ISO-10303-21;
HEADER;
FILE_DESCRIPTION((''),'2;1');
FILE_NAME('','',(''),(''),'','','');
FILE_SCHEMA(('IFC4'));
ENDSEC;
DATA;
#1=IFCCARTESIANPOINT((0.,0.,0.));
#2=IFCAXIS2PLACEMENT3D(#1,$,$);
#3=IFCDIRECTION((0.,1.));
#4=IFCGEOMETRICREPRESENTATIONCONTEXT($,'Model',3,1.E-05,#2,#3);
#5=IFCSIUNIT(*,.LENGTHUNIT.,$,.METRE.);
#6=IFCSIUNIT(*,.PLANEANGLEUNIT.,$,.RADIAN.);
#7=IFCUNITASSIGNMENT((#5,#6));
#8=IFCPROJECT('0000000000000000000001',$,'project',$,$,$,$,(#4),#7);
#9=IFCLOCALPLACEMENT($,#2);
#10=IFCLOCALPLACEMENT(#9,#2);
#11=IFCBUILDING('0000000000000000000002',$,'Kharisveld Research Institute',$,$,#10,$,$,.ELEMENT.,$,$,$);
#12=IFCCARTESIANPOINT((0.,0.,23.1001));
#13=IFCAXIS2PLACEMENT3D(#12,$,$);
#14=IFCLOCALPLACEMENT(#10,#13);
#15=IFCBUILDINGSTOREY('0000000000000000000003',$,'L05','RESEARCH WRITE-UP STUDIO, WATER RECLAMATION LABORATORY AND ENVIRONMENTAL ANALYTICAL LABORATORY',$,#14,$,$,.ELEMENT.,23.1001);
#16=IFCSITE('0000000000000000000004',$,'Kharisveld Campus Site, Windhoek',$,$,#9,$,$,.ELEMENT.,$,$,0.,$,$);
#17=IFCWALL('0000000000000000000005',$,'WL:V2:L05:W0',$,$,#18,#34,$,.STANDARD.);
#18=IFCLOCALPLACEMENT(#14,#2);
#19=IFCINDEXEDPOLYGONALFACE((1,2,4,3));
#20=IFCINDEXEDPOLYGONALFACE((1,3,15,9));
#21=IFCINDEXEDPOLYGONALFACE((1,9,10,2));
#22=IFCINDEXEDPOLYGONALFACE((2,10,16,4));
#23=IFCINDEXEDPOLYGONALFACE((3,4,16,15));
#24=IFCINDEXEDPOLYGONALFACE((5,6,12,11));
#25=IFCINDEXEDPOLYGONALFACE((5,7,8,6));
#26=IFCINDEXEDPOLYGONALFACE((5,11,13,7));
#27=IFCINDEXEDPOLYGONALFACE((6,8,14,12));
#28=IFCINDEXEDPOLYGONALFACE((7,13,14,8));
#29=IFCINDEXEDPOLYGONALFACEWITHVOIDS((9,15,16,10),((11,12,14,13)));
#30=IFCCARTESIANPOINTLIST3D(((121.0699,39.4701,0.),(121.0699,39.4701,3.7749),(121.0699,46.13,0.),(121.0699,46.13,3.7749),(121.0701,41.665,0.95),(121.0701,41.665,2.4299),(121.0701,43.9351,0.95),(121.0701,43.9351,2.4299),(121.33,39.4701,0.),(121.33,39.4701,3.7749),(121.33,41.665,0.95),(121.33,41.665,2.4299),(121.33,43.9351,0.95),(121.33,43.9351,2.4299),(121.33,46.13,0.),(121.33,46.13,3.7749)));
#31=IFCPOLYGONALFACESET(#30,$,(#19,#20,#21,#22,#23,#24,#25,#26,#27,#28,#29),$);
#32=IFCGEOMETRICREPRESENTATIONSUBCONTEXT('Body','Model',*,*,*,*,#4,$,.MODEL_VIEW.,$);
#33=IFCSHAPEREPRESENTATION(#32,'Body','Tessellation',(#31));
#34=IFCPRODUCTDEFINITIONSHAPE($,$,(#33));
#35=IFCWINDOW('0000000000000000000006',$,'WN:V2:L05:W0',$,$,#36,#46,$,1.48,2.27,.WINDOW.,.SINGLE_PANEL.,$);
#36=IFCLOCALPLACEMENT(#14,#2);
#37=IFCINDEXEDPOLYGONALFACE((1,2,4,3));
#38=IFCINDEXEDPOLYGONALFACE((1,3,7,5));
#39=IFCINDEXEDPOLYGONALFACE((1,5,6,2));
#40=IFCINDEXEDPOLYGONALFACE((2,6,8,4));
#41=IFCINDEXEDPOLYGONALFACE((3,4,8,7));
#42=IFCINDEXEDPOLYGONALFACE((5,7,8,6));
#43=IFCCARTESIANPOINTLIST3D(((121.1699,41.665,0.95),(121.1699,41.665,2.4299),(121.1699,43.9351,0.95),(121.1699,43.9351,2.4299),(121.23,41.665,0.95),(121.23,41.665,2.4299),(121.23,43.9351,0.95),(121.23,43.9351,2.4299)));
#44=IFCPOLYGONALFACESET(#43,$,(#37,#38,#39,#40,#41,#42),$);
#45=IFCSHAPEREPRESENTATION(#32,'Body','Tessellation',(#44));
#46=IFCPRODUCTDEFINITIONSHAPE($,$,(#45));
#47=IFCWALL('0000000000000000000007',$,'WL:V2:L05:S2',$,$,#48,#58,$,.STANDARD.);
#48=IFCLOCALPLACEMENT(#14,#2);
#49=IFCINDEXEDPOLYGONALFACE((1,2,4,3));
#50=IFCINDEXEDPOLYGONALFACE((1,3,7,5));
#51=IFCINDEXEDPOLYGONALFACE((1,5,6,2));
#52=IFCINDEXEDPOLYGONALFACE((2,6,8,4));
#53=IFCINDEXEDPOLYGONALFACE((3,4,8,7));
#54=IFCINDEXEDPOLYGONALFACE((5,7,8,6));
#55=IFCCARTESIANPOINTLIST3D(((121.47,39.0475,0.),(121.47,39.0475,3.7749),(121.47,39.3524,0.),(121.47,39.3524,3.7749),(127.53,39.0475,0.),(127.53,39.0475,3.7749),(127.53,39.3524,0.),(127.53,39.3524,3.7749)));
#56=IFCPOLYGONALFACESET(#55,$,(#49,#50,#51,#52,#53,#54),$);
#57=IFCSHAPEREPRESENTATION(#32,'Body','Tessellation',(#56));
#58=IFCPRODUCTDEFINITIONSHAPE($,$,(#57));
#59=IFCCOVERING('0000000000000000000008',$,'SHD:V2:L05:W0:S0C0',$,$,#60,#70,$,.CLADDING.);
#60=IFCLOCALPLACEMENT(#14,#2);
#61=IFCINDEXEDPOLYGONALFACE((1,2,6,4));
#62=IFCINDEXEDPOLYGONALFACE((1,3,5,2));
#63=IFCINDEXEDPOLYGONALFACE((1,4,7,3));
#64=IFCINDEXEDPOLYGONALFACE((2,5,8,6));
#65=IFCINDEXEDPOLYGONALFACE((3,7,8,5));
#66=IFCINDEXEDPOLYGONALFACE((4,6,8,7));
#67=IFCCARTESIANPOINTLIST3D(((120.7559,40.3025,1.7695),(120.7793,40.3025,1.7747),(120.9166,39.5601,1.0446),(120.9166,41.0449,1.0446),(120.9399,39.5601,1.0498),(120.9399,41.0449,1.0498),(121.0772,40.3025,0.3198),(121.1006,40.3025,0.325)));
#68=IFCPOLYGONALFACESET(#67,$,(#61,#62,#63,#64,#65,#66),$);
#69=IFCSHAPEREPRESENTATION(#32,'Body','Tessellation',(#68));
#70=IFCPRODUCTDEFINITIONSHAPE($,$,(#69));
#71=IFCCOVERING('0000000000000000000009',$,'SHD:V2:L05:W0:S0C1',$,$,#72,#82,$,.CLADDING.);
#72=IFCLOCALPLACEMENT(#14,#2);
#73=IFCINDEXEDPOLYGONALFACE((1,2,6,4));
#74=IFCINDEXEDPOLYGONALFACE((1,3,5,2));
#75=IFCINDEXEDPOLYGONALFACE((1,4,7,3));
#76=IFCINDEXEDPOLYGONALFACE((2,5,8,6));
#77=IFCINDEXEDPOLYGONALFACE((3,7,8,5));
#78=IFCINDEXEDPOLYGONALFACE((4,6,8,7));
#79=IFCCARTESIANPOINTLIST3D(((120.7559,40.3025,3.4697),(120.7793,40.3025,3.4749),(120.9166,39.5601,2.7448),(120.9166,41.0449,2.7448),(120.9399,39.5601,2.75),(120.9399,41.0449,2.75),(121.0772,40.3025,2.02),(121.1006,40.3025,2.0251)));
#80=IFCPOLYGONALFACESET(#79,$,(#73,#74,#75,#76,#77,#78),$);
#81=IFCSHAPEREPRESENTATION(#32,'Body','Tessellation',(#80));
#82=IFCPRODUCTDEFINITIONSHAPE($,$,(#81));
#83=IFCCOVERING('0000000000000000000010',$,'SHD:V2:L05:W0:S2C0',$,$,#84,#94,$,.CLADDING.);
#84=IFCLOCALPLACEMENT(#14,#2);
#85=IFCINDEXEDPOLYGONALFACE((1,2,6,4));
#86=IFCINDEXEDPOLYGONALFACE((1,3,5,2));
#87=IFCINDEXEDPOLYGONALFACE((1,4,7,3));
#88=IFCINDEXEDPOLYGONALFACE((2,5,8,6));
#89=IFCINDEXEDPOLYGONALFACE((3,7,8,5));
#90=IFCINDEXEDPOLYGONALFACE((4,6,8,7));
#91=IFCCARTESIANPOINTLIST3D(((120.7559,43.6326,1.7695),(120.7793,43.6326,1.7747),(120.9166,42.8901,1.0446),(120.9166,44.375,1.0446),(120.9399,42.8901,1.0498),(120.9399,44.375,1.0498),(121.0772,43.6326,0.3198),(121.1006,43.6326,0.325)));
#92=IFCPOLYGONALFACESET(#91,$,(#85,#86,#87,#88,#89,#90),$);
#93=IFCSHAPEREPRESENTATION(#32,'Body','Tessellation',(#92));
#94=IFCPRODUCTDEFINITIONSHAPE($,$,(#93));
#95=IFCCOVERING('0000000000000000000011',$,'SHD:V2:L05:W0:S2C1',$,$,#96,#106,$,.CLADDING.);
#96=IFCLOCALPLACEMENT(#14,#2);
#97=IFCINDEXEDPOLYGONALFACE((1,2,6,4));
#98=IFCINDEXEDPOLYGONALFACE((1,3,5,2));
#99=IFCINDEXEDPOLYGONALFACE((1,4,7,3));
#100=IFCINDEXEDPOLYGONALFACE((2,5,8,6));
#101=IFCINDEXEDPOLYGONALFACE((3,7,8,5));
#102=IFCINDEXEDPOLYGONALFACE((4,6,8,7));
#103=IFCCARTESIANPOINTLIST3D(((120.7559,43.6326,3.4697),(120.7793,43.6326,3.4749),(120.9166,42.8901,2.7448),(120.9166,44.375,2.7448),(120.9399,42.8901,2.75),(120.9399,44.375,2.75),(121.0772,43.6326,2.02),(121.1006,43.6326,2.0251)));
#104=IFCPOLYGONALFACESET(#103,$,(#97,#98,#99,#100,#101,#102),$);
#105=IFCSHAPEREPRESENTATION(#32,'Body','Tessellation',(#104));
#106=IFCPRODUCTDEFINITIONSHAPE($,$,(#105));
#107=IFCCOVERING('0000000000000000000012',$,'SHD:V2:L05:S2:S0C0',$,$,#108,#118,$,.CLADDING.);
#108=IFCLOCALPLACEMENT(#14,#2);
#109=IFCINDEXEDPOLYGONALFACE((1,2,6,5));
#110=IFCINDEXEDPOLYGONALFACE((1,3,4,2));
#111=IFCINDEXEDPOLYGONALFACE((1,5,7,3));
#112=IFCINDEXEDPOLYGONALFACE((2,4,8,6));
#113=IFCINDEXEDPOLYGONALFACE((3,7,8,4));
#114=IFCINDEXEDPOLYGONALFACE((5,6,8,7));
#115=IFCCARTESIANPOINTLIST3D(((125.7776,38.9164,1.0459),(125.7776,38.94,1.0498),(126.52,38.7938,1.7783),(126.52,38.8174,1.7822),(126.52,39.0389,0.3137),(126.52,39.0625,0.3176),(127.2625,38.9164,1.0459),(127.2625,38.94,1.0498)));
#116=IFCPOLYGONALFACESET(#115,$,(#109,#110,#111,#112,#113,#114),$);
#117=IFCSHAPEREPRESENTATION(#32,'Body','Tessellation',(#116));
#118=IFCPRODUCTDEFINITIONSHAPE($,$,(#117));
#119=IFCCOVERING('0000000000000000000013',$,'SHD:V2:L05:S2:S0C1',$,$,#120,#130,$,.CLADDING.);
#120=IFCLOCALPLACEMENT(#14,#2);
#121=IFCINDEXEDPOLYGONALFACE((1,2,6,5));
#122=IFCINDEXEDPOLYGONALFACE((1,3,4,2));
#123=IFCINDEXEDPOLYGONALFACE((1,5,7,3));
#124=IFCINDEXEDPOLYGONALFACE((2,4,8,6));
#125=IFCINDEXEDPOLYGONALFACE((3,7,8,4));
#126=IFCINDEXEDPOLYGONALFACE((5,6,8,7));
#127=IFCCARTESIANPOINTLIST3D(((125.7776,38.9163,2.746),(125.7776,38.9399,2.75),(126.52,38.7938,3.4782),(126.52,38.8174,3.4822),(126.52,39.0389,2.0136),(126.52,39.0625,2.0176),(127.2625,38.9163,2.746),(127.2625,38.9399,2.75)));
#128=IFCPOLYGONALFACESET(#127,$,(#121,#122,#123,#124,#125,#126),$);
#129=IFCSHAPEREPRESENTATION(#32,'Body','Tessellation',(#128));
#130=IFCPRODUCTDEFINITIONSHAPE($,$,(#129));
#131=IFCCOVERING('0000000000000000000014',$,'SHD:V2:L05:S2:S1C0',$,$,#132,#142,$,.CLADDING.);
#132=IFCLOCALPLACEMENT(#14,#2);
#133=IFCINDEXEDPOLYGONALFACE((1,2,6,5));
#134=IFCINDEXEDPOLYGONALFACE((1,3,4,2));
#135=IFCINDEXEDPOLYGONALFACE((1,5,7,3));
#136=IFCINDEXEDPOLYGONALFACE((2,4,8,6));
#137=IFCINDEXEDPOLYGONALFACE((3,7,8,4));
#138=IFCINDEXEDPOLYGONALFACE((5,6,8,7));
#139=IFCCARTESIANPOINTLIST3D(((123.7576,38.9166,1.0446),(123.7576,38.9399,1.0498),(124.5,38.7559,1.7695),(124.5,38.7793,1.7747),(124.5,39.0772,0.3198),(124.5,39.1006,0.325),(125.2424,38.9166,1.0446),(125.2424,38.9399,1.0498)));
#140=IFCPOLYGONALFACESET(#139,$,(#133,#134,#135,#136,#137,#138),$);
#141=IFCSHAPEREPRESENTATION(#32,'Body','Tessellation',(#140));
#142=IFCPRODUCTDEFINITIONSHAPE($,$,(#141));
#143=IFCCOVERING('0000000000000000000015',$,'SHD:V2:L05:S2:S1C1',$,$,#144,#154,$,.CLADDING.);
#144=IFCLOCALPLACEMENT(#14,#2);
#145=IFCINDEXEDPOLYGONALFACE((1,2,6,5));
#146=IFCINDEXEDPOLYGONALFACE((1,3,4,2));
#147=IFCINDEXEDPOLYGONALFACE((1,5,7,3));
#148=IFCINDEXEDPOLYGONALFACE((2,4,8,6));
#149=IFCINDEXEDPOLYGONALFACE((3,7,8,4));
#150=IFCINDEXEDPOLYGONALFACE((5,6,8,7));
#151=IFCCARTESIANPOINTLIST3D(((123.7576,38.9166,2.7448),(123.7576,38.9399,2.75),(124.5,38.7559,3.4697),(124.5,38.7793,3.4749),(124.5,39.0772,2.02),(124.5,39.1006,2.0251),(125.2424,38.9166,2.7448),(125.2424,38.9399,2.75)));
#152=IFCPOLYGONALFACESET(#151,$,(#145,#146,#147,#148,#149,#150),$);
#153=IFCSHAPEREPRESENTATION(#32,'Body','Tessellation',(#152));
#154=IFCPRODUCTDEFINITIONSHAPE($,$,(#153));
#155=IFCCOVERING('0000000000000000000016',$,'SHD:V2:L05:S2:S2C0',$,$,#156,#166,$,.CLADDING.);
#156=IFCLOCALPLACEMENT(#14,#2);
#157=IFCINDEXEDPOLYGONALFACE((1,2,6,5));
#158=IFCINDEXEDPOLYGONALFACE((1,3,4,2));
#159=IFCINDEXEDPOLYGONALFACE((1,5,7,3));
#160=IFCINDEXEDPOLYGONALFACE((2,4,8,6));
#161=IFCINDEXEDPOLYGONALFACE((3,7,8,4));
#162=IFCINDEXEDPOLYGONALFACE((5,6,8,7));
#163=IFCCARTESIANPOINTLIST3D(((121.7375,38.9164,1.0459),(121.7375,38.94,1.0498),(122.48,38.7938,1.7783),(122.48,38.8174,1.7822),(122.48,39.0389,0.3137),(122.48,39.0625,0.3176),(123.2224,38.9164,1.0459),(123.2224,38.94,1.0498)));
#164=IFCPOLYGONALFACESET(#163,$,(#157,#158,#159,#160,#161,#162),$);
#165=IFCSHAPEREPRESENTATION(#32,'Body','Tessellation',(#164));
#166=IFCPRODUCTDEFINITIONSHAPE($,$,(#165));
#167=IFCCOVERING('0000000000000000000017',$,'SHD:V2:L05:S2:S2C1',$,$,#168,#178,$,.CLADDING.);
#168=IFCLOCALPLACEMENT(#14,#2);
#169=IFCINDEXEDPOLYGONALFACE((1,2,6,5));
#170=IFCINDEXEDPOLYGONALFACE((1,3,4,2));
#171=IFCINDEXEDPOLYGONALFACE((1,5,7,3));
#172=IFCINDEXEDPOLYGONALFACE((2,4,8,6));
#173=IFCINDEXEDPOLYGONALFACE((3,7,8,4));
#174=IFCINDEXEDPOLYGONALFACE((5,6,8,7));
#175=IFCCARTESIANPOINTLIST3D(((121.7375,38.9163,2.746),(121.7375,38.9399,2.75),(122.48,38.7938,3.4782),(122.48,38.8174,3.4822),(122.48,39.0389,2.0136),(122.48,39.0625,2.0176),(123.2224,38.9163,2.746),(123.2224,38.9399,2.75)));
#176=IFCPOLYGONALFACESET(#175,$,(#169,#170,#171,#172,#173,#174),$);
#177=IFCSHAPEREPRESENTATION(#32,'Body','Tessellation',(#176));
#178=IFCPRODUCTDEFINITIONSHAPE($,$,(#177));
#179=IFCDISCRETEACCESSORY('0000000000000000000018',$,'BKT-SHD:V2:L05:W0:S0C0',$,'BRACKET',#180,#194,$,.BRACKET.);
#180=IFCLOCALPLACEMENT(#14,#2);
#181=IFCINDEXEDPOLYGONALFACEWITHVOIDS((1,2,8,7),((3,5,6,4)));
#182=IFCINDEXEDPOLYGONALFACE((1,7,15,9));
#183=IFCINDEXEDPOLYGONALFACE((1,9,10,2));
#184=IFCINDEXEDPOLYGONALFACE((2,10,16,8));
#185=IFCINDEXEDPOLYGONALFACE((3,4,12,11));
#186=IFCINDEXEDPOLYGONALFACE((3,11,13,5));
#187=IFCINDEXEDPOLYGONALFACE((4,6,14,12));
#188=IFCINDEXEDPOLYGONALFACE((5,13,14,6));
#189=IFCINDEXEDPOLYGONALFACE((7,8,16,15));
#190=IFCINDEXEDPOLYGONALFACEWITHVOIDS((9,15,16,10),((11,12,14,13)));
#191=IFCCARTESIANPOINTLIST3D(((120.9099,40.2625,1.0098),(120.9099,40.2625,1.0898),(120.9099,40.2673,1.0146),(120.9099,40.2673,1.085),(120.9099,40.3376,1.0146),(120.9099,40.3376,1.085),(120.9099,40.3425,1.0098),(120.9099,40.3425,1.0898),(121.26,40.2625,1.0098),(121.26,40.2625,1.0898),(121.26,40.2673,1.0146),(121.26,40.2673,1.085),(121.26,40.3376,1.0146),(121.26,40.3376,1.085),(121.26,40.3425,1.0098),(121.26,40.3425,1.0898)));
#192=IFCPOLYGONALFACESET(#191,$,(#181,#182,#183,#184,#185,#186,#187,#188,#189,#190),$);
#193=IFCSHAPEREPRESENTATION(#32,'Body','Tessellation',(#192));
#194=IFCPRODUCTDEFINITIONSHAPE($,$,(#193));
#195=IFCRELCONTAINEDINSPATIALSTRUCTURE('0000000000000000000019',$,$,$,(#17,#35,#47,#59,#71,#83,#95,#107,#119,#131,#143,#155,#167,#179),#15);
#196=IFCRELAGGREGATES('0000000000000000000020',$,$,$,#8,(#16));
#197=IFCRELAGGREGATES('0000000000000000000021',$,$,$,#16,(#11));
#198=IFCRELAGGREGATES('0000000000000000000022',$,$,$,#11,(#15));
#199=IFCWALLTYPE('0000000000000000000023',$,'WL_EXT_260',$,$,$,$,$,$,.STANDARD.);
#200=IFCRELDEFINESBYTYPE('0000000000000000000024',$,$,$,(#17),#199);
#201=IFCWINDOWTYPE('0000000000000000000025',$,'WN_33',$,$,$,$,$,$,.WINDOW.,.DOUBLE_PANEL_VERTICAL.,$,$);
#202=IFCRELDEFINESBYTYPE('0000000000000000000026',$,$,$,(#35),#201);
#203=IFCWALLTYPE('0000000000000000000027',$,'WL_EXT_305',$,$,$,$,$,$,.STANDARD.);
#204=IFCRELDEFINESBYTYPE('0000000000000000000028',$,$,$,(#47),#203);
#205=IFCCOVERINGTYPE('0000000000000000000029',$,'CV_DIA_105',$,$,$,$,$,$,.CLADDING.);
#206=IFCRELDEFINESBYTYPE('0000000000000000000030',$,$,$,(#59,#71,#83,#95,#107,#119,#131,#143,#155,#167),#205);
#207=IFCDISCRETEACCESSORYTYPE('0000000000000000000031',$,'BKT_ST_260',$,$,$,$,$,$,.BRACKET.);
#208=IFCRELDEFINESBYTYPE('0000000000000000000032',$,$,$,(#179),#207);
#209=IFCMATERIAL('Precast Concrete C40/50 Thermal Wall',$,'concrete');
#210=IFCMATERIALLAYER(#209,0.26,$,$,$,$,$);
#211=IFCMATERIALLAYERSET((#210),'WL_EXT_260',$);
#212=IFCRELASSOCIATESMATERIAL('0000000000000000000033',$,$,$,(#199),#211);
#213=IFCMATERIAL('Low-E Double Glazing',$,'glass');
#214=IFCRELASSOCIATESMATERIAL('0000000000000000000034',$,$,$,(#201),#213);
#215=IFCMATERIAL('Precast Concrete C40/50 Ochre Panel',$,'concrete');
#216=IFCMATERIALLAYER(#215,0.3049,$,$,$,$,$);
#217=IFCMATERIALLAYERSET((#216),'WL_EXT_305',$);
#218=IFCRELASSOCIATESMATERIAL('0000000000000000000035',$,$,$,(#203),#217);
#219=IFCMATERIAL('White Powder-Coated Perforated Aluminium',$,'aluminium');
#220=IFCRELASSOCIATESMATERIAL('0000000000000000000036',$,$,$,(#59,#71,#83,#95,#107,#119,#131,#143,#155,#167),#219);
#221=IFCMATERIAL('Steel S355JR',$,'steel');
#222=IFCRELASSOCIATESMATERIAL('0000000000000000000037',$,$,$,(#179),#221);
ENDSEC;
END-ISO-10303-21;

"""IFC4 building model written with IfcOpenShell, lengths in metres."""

from ifc_helpers import new_model, si_unit, direction, frame, frame_2d, origin, origin_2d, place, context, subcontext, project, spatial, polyline, rectangle, hollow_rectangle, outline, extrude, material, layer, layer_set, type_object, element, fill, save


model = new_model("IFC4")

# Units and contexts
model_context = context("Model", 3, precision=1e-05, world=origin(), true_north=direction((0.0, 1.0)))
body_context = subcontext(model_context, "Body", "Model", "MODEL_VIEW")
ifc_project = project(units=[si_unit("LENGTHUNIT", "METRE"), si_unit("PLANEANGLEUNIT", "RADIAN")], contexts=[model_context])

# Site, building, storey
site_placement = place(None, origin())
site = spatial("IfcSite", under=ifc_project, at=site_placement, Name="Kharisveld Campus Site, Windhoek", CompositionType="ELEMENT", RefElevation=0.0)
building_placement = place(site_placement, origin())
building = spatial("IfcBuilding", under=site, at=building_placement, Name="Kharisveld Research Institute", CompositionType="ELEMENT")
storey_placement = place(building_placement, frame((0.0, 0.0, 23.1001)))
storey = spatial("IfcBuildingStorey", under=building, at=storey_placement, Name="L05", Description="RESEARCH WRITE-UP STUDIO, WATER RECLAMATION LABORATORY AND ENVIRONMENTAL ANALYTICAL LABORATORY", CompositionType="ELEMENT", Elevation=23.1001)

# Wall, opening, window
ifc_material_1 = material(Name="Precast Concrete C40/50 Thermal Wall", Category="concrete")
ifc_layer_1 = layer(ifc_material_1, 0.26)
ifc_layer_set_1 = layer_set([ifc_layer_1], Name="WL_EXT_260")
wall_type_1 = type_object("IfcWallType", Name="WL_EXT_260", PredefinedType="STANDARD", material=ifc_layer_set_1)
wall_1_placement = place(storey_placement, frame((121.2, 39.47, 0.0), z_axis=(0.0, 0.0, 1.0), x_axis=(0.0, 1.0, 0.0)))
wall_1 = element("IfcWall", 1, at=wall_1_placement, inside=storey, type_object=wall_type_1, Name="WL:V2:L05:W0", PredefinedType="STANDARD", context=body_context, shape_type="SweptSolid", body=[
    extrude(rectangle(XDim=6.6599, YDim=0.26, at=frame_2d((3.3301, 0.0))), origin(), (0.0, 0.0, 1.0), 3.7749),
])
opening_placement = place(wall_1_placement, frame((2.1951, 0.0, 0.95)))
opening = element("IfcOpeningElement", 2, at=opening_placement, cuts=wall_1, PredefinedType="OPENING", context=body_context, shape_type="SweptSolid", body=[
    extrude(rectangle(XDim=2.27, YDim=1.48, at=frame_2d((1.135, 0.74))), frame((0.0, 0.1299, 0.0), z_axis=(0.0, -1.0, 0.0), x_axis=(1.0, 0.0, 0.0)), (0.0, 0.0, 1.0), 0.26),
])
ifc_material_2 = material(Name="Low-E Double Glazing", Category="glass")
window_type = type_object("IfcWindowType", Name="WN_33", PartitioningType="DOUBLE_PANEL_VERTICAL", PredefinedType="WINDOW", material=ifc_material_2)
window_placement = place(opening_placement, origin())
window = element("IfcWindow", 3, at=window_placement, inside=storey, type_object=window_type, Name="WN:V2:L05:W0", OverallHeight=1.48, OverallWidth=2.27, PartitioningType="SINGLE_PANEL", PredefinedType="WINDOW", context=body_context, shape_type="SweptSolid", body=[
    extrude(rectangle(XDim=2.27, YDim=1.48, at=frame_2d((1.135, 0.74))), frame((0.0, 0.03, 0.0), z_axis=(0.0, -1.0, 0.0), x_axis=(1.0, 0.0, 0.0)), (0.0, 0.0, 1.0), 0.0601),
])
fill(opening, window)

# Wall
ifc_material_3 = material(Name="Precast Concrete C40/50 Ochre Panel", Category="concrete")
ifc_layer_2 = layer(ifc_material_3, 0.3049)
ifc_layer_set_2 = layer_set([ifc_layer_2], Name="WL_EXT_305")
wall_type_2 = type_object("IfcWallType", Name="WL_EXT_305", PredefinedType="STANDARD", material=ifc_layer_set_2)
wall_2_placement = place(storey_placement, frame((127.53, 39.2, 0.0), z_axis=(0.0, 0.0, 1.0), x_axis=(-1.0, 0.0, 0.0)))
element("IfcWall", 4, at=wall_2_placement, inside=storey, type_object=wall_type_2, Name="WL:V2:L05:S2", PredefinedType="STANDARD", context=body_context, shape_type="SweptSolid", body=[
    extrude(rectangle(XDim=6.0601, YDim=0.3049, at=frame_2d((3.03, 0.0))), origin(), (0.0, 0.0, 1.0), 3.7749),
])

# Coverings
ifc_material_4 = material(Name="White Powder-Coated Perforated Aluminium", Category="aluminium")
covering_type = type_object("IfcCoveringType", Name="CV_DIA_105", PredefinedType="CLADDING")
for number, where, z_axis, x_axis, name in (
    (5, (121.1006, 40.3025, 0.325), (0.976311, 0.0, 0.216373), (-0.153, 0.707102, 0.69036), "SHD:V2:L05:W0:S0C0"),
    (6, (121.1006, 40.3025, 2.0251), (0.976311, 0.0, 0.216373), (-0.153, 0.707102, 0.69036), "SHD:V2:L05:W0:S0C1"),
    (7, (121.1006, 43.6326, 0.325), (0.976311, 0.0, 0.216373), (-0.153, 0.707102, 0.69036), "SHD:V2:L05:W0:S2C0"),
    (8, (121.1006, 43.6326, 2.0251), (0.976311, 0.0, 0.216373), (-0.153, 0.707102, 0.69036), "SHD:V2:L05:W0:S2C1"),
):
    element("IfcCovering", number, at=place(storey_placement, frame(where, z_axis=z_axis, x_axis=x_axis)), inside=storey, type_object=covering_type, material=ifc_material_4, Name=name, PredefinedType="CLADDING", context=body_context, shape_type="SweptSolid", body=[
        extrude(outline(polyline([(0.0, 0.0), (1.05, 0.0), (1.05, 1.05), (0.0, 1.05), (0.0, 0.0)])), origin(), (0.0, 0.0, -1.0), 0.0239),
    ])
covering_1_placement = place(storey_placement, frame((126.52, 39.0625, 0.3176), z_axis=(0.0, 0.986283, 0.165065), x_axis=(-0.707139, -0.116714, 0.697376)))
element("IfcCovering", 9, at=covering_1_placement, inside=storey, type_object=covering_type, material=ifc_material_4, Name="SHD:V2:L05:S2:S0C0", PredefinedType="CLADDING", context=body_context, shape_type="SweptSolid", body=[
    extrude(outline(polyline([(0.0, 0.0), (1.0499, 0.0), (1.05, 1.0501), (-0.0001, 1.0499), (0.0, 0.0)])), origin(), (0.0, 0.0, -1.0), 0.0239),
])
covering_2_placement = place(storey_placement, frame((126.52, 39.0625, 2.0176), z_axis=(0.0, 0.986283, 0.165065), x_axis=(-0.707024, -0.116733, 0.697489)))
element("IfcCovering", 10, at=covering_2_placement, inside=storey, type_object=covering_type, material=ifc_material_4, Name="SHD:V2:L05:S2:S0C1", PredefinedType="CLADDING", context=body_context, shape_type="SweptSolid", body=[
    extrude(outline(polyline([(0.0, 0.0), (1.0501, 0.0), (1.0502, 1.0499), (0.0002, 1.0501), (0.0, 0.0)])), origin(), (0.0, 0.0, -1.0), 0.0239),
])
for number, where, z_axis, x_axis, name in (
    (11, (124.5, 39.1006, 0.325), (0.0, 0.976311, 0.216373), (-0.707102, -0.153, 0.69036), "SHD:V2:L05:S2:S1C0"),
    (12, (124.5, 39.1006, 2.0251), (0.0, 0.976311, 0.216373), (-0.707102, -0.153, 0.69036), "SHD:V2:L05:S2:S1C1"),
):
    element("IfcCovering", number, at=place(storey_placement, frame(where, z_axis=z_axis, x_axis=x_axis)), inside=storey, type_object=covering_type, material=ifc_material_4, Name=name, PredefinedType="CLADDING", context=body_context, shape_type="SweptSolid", body=[
        extrude(outline(polyline([(0.0, 0.0), (1.05, 0.0), (1.05, 1.05), (0.0, 1.05), (0.0, 0.0)])), origin(), (0.0, 0.0, -1.0), 0.0239),
    ])
covering_3_placement = place(storey_placement, frame((122.48, 39.0625, 0.3176), z_axis=(0.0, 0.986283, 0.165065), x_axis=(-0.707139, -0.116714, 0.697376)))
element("IfcCovering", 13, at=covering_3_placement, inside=storey, type_object=covering_type, material=ifc_material_4, Name="SHD:V2:L05:S2:S2C0", PredefinedType="CLADDING", context=body_context, shape_type="SweptSolid", body=[
    extrude(outline(polyline([(0.0, 0.0), (1.0499, 0.0), (1.05, 1.0501), (-0.0001, 1.0499), (0.0, 0.0)])), origin(), (0.0, 0.0, -1.0), 0.0239),
])
covering_4_placement = place(storey_placement, frame((122.48, 39.0625, 2.0176), z_axis=(0.0, 0.986283, 0.165065), x_axis=(-0.707024, -0.116733, 0.697489)))
element("IfcCovering", 14, at=covering_4_placement, inside=storey, type_object=covering_type, material=ifc_material_4, Name="SHD:V2:L05:S2:S2C1", PredefinedType="CLADDING", context=body_context, shape_type="SweptSolid", body=[
    extrude(outline(polyline([(0.0, 0.0), (1.0501, 0.0), (1.0502, 1.0499), (0.0002, 1.0501), (0.0, 0.0)])), origin(), (0.0, 0.0, -1.0), 0.0239),
])

# Discrete accessory
ifc_material_5 = material(Name="Steel S355JR", Category="steel")
discrete_accessory_type = type_object("IfcDiscreteAccessoryType", Name="BKT_ST_260", PredefinedType="BRACKET")
for number, where, z_axis, x_axis, name in (
    (15, (121.26, 40.3025, 1.0498), (-1.0, 0.0, 0.0), (0.0, -1.0, 0.0), "BKT-SHD:V2:L05:W0:S0C0"),
):
    element("IfcDiscreteAccessory", number, at=place(storey_placement, frame(where, z_axis=z_axis, x_axis=x_axis)), inside=storey, type_object=discrete_accessory_type, material=ifc_material_5, Name=name, ObjectType="BRACKET", PredefinedType="BRACKET", context=body_context, shape_type="SweptSolid", body=[
        extrude(hollow_rectangle(XDim=0.0801, YDim=0.0801, WallThickness=0.0049, at=origin_2d()), origin(), (0.0, 0.0, 1.0), 0.3501),
    ])

save(model, "model.ifc")
